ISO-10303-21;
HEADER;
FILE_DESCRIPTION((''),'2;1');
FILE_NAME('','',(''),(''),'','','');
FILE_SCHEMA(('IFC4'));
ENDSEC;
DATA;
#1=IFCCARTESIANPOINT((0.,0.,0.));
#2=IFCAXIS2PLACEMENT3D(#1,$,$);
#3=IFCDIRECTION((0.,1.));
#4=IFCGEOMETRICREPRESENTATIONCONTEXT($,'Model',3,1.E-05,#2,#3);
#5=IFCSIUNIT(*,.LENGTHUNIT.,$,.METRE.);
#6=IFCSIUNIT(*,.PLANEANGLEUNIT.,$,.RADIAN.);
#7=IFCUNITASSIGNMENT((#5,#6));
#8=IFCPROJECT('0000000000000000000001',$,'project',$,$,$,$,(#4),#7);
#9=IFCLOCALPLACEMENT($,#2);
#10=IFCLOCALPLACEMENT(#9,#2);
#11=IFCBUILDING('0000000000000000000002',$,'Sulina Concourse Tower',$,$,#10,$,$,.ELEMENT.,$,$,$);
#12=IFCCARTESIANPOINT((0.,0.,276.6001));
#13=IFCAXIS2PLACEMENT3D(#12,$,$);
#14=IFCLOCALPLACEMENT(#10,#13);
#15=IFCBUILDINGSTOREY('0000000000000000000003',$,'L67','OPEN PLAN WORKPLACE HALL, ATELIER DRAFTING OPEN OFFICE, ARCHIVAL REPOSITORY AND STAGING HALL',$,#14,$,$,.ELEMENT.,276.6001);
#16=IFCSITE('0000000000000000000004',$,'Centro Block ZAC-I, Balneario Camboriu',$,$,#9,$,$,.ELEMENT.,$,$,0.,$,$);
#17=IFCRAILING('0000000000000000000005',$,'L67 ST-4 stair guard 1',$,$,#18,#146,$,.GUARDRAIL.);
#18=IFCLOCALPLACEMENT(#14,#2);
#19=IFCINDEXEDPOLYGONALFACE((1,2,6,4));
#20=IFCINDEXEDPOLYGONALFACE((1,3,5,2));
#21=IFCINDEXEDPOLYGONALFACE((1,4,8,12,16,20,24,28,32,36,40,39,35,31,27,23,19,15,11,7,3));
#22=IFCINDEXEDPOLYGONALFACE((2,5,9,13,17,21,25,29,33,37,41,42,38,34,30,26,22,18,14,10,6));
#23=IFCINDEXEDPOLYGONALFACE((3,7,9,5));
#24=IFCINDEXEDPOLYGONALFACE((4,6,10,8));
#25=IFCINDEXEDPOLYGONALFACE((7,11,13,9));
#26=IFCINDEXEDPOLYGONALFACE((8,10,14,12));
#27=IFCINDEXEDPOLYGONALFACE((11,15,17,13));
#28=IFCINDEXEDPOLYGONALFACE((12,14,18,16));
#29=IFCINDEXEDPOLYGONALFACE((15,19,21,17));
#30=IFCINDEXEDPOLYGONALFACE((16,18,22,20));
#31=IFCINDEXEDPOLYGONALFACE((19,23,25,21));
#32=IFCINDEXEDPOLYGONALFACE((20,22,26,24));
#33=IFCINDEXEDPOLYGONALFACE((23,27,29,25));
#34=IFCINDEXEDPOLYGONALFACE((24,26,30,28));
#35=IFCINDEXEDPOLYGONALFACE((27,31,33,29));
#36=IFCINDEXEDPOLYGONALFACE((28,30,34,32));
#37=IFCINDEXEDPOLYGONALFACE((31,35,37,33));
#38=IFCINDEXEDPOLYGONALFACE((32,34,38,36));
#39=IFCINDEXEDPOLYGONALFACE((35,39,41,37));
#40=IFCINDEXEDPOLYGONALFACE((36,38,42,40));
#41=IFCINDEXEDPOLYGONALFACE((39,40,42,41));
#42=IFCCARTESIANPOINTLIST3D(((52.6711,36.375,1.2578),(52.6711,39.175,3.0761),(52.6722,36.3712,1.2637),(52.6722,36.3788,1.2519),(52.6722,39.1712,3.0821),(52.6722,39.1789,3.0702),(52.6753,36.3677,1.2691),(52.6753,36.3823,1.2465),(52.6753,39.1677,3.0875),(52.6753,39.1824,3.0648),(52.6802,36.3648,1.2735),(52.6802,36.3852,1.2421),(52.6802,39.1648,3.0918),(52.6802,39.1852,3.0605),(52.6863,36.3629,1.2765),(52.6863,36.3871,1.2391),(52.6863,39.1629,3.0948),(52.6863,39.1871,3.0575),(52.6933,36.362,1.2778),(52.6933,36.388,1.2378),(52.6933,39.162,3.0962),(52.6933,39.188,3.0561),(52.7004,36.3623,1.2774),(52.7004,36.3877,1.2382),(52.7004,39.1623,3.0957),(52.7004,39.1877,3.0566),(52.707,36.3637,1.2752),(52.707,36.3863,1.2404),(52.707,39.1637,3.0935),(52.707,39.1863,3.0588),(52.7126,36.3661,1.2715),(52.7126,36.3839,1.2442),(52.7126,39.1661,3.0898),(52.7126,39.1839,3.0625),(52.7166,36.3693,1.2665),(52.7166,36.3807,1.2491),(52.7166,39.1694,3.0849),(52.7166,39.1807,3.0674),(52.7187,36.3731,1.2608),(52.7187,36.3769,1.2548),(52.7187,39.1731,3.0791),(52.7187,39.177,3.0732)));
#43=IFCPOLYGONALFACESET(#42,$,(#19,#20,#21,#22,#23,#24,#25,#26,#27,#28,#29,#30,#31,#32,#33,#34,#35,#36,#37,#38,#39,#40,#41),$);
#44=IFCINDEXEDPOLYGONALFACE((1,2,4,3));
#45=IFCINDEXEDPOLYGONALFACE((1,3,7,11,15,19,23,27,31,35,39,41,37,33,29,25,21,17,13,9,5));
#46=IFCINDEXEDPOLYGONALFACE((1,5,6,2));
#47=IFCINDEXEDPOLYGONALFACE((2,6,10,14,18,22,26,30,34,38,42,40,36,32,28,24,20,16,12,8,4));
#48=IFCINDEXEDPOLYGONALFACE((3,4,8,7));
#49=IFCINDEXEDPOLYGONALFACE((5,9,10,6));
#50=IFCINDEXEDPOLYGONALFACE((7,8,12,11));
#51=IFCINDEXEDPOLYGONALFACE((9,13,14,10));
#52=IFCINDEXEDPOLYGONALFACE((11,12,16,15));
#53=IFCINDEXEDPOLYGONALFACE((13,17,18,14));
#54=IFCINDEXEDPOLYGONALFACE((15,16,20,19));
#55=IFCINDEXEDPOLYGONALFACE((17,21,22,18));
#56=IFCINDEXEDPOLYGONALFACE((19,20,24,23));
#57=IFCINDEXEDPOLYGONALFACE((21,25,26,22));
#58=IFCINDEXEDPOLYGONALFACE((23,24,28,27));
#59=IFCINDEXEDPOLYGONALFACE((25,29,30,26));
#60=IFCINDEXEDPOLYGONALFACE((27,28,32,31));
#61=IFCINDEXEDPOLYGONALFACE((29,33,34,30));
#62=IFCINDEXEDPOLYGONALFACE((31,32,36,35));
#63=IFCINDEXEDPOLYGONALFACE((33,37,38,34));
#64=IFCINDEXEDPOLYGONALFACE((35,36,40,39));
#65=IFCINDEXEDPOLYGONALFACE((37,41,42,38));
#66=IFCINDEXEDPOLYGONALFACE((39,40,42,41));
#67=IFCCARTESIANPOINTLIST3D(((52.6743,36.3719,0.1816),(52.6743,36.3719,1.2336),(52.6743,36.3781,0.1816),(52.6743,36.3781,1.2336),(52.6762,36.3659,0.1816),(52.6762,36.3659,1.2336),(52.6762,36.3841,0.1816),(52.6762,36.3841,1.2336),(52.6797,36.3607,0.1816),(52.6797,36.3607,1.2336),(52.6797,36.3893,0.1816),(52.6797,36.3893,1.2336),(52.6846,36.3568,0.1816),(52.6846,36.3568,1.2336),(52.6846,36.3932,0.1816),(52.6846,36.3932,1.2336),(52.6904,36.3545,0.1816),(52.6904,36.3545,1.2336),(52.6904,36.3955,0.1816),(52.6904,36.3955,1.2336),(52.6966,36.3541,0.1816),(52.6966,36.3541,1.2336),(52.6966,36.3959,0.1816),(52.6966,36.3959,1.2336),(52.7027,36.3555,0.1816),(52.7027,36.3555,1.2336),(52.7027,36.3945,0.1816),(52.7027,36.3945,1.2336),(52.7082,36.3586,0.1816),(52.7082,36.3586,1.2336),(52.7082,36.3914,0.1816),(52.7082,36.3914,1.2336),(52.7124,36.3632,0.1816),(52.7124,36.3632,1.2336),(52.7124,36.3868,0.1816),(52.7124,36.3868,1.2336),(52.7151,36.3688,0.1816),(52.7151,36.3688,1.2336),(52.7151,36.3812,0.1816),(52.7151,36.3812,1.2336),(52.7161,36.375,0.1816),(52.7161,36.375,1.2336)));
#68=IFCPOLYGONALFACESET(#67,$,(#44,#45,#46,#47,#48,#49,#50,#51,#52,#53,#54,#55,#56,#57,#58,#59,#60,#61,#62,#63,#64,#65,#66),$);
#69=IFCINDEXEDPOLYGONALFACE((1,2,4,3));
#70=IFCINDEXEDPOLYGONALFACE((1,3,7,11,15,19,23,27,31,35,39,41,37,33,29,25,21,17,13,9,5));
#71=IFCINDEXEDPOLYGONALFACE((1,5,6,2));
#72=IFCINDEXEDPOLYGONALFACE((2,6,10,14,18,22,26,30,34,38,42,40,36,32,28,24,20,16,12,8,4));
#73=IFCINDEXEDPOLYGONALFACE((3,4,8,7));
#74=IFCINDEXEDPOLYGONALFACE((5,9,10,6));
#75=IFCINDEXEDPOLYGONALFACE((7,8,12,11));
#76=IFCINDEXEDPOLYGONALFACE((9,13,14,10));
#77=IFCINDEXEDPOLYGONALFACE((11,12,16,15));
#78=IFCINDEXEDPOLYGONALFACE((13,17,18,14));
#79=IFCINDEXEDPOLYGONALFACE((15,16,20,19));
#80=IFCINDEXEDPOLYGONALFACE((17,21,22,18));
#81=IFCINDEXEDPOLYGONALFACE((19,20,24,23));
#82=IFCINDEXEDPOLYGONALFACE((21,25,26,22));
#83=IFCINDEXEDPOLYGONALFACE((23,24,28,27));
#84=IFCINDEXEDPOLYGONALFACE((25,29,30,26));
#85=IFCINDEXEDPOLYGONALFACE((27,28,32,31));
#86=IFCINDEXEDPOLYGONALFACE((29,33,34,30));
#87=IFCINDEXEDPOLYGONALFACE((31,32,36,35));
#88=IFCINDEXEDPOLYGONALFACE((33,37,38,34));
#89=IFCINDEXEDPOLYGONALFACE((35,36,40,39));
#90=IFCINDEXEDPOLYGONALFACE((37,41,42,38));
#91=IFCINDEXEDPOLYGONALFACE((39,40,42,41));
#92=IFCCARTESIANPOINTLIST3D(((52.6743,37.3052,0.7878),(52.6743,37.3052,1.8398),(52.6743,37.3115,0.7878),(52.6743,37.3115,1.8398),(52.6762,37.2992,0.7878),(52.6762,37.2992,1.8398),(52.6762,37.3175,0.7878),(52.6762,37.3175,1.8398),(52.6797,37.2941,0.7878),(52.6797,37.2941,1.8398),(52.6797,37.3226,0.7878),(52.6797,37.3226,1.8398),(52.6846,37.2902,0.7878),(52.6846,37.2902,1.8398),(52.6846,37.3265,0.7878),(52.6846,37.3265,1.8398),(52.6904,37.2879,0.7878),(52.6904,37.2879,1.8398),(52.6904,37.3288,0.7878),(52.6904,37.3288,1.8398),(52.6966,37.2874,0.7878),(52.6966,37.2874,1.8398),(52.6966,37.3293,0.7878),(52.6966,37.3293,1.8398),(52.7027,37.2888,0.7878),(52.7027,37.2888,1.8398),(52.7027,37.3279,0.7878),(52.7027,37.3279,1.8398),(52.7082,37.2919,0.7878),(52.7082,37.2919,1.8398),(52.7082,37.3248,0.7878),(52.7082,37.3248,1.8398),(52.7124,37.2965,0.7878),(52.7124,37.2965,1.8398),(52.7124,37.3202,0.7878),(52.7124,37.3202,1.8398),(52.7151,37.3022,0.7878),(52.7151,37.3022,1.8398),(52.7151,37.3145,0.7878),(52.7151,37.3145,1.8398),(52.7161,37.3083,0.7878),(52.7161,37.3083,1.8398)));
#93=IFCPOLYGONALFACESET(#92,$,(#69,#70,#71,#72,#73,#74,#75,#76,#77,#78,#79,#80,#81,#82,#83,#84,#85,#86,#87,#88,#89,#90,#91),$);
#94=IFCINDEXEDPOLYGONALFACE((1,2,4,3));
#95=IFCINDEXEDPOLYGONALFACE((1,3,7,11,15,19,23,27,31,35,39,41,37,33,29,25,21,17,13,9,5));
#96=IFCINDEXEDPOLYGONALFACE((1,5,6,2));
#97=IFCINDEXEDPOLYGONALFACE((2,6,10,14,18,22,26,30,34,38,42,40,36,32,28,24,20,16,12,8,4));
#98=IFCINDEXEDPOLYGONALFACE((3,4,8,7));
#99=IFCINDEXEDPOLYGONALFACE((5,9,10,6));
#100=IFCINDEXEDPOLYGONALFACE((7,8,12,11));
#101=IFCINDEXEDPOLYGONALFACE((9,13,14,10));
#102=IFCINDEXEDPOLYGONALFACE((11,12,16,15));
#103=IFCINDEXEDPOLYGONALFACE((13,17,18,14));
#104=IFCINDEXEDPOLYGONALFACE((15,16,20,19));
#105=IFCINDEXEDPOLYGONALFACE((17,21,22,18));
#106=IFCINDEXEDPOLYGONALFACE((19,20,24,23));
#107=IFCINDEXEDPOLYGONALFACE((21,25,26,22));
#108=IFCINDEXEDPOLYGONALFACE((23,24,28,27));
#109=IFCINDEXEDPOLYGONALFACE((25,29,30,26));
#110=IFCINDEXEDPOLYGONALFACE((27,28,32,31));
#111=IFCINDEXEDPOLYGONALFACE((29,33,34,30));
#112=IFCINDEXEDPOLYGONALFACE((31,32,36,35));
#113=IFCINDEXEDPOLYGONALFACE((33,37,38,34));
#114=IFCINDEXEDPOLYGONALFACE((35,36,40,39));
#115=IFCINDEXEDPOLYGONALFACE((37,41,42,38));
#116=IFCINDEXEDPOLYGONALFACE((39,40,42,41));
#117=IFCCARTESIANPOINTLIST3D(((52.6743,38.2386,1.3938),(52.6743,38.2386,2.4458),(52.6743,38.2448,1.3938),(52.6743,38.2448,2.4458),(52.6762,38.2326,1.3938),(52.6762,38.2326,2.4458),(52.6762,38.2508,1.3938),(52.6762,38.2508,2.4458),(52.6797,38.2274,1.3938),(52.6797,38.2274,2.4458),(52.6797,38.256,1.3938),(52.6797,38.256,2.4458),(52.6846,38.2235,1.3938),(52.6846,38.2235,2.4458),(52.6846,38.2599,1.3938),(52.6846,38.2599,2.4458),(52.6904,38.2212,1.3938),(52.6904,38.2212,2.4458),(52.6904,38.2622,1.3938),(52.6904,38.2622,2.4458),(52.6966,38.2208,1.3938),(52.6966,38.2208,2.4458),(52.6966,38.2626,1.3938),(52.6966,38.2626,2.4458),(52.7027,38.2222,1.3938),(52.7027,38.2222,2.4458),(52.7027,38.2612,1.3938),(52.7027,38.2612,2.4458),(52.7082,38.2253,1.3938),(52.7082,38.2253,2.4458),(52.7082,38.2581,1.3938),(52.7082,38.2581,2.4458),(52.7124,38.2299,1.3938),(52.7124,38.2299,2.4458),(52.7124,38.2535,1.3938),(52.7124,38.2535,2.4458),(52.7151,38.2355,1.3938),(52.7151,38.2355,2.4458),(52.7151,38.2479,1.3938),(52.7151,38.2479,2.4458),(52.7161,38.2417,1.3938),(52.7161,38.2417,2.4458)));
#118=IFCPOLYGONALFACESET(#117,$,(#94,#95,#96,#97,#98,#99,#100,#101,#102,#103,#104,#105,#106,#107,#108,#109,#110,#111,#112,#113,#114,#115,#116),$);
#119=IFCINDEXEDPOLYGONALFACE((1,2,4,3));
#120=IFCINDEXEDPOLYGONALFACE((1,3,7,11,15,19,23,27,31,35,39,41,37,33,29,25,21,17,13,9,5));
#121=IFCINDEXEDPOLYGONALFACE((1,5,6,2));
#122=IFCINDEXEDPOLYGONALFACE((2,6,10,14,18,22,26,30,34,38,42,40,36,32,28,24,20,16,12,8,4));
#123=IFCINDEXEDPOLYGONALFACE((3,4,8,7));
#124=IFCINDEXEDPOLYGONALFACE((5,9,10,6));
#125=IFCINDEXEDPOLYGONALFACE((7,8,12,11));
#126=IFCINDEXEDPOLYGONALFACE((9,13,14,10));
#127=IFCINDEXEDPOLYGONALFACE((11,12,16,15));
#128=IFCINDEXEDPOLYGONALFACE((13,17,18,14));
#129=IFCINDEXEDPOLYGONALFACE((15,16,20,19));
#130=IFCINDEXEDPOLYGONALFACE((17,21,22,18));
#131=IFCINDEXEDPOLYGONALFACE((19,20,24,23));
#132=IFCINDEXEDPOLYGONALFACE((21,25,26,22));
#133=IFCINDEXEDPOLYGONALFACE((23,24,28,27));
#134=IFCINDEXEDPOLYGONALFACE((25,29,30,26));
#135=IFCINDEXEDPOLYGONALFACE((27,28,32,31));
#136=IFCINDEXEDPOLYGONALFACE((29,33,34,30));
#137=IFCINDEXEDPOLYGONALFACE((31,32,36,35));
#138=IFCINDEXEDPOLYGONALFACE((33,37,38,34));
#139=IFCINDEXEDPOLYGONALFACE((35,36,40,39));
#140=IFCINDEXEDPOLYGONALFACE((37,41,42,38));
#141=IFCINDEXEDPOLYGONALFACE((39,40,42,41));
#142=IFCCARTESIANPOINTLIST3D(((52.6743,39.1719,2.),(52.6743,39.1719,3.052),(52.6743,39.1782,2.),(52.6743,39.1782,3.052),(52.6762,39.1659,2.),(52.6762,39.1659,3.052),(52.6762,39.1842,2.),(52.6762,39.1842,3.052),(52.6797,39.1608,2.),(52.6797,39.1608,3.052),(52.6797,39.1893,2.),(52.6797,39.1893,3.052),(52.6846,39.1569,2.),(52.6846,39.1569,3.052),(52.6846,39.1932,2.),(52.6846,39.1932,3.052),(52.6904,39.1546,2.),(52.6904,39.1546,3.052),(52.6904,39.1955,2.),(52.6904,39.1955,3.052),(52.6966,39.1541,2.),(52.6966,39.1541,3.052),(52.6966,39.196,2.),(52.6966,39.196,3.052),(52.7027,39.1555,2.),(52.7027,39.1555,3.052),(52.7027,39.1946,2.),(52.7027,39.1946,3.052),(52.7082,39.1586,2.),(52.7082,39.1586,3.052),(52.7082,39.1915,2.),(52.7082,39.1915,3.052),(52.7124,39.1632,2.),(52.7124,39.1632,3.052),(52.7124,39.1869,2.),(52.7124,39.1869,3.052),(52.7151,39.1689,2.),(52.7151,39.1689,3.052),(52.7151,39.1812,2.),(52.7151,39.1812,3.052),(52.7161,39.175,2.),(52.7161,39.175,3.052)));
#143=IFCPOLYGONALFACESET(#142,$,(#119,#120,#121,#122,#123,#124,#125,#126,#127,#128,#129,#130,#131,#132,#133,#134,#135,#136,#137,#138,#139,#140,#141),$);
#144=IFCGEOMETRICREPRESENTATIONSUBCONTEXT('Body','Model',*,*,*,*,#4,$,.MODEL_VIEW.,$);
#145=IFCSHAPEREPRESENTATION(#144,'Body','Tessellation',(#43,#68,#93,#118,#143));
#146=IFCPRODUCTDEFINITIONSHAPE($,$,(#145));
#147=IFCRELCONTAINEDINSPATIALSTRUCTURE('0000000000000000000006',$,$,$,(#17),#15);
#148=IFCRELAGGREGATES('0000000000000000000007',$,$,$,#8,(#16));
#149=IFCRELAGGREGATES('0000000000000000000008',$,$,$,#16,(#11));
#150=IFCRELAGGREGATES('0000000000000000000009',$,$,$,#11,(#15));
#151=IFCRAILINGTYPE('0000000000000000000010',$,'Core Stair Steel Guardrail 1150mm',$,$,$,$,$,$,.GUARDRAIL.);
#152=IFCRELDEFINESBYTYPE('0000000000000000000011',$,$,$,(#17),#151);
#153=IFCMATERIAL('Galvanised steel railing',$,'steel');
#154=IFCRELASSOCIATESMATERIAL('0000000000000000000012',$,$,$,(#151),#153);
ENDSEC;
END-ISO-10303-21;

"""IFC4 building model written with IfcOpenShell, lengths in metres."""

from ifc_helpers import new_model, si_unit, direction, frame, origin, origin_2d, place, context, subcontext, project, spatial, circle, extrude, material, type_object, element, save


model = new_model("IFC4")

# Units and contexts
model_context = context("Model", 3, precision=1e-05, world=origin(), true_north=direction((0.0, 1.0)))
body_context = subcontext(model_context, "Body", "Model", "MODEL_VIEW")
ifc_project = project(units=[si_unit("LENGTHUNIT", "METRE"), si_unit("PLANEANGLEUNIT", "RADIAN")], contexts=[model_context])

# Site, building, storey
site_placement = place(None, origin())
site = spatial("IfcSite", under=ifc_project, at=site_placement, Name="Centro Block ZAC-I, Balneario Camboriu", CompositionType="ELEMENT", RefElevation=0.0)
building_placement = place(site_placement, origin())
building = spatial("IfcBuilding", under=site, at=building_placement, Name="Sulina Concourse Tower", CompositionType="ELEMENT")
storey_placement = place(building_placement, frame((0.0, 0.0, 276.6001)))
storey = spatial("IfcBuildingStorey", under=building, at=storey_placement, Name="L67", Description="OPEN PLAN WORKPLACE HALL, ATELIER DRAFTING OPEN OFFICE, ARCHIVAL REPOSITORY AND STAGING HALL", CompositionType="ELEMENT", Elevation=276.6001)

# Railing
ifc_material_1 = material(Name="Galvanised steel railing", Category="steel")
railing_type_1 = type_object("IfcRailingType", Name="Core Stair Steel Guardrail 1150mm", PredefinedType="GUARDRAIL", material=ifc_material_1)
railing_1_placement = place(storey_placement, frame((52.6951, 36.375, 0.1816)))
element("IfcRailing", 1, at=railing_1_placement, inside=storey, type_object=railing_type_1, Name="L67 ST-4 stair guard 1", PredefinedType="GUARDRAIL", context=body_context, shape_type="SweptSolid", body=[
    extrude(circle(Radius=0.0239, at=origin_2d()), frame((0.0, 0.0, 1.0762), z_axis=(0.0, 0.838672, 0.544636), x_axis=(-1.0, 0.0, 0.0)), (0.0, 0.0, 1.0), 3.3386),
    extrude(circle(Radius=0.021, at=origin_2d()), origin(), (0.0, 0.0, 1.0), 1.052),
    extrude(circle(Radius=0.021, at=origin_2d()), frame((0.0, 0.9333, 0.6062)), (0.0, 0.0, 1.0), 1.052),
    extrude(circle(Radius=0.021, at=origin_2d()), frame((0.0, 1.8667, 1.2122)), (0.0, 0.0, 1.0), 1.052),
    extrude(circle(Radius=0.021, at=origin_2d()), frame((0.0, 2.8, 1.8184)), (0.0, 0.0, 1.0), 1.052),
])

save(model, "model.ifc")
